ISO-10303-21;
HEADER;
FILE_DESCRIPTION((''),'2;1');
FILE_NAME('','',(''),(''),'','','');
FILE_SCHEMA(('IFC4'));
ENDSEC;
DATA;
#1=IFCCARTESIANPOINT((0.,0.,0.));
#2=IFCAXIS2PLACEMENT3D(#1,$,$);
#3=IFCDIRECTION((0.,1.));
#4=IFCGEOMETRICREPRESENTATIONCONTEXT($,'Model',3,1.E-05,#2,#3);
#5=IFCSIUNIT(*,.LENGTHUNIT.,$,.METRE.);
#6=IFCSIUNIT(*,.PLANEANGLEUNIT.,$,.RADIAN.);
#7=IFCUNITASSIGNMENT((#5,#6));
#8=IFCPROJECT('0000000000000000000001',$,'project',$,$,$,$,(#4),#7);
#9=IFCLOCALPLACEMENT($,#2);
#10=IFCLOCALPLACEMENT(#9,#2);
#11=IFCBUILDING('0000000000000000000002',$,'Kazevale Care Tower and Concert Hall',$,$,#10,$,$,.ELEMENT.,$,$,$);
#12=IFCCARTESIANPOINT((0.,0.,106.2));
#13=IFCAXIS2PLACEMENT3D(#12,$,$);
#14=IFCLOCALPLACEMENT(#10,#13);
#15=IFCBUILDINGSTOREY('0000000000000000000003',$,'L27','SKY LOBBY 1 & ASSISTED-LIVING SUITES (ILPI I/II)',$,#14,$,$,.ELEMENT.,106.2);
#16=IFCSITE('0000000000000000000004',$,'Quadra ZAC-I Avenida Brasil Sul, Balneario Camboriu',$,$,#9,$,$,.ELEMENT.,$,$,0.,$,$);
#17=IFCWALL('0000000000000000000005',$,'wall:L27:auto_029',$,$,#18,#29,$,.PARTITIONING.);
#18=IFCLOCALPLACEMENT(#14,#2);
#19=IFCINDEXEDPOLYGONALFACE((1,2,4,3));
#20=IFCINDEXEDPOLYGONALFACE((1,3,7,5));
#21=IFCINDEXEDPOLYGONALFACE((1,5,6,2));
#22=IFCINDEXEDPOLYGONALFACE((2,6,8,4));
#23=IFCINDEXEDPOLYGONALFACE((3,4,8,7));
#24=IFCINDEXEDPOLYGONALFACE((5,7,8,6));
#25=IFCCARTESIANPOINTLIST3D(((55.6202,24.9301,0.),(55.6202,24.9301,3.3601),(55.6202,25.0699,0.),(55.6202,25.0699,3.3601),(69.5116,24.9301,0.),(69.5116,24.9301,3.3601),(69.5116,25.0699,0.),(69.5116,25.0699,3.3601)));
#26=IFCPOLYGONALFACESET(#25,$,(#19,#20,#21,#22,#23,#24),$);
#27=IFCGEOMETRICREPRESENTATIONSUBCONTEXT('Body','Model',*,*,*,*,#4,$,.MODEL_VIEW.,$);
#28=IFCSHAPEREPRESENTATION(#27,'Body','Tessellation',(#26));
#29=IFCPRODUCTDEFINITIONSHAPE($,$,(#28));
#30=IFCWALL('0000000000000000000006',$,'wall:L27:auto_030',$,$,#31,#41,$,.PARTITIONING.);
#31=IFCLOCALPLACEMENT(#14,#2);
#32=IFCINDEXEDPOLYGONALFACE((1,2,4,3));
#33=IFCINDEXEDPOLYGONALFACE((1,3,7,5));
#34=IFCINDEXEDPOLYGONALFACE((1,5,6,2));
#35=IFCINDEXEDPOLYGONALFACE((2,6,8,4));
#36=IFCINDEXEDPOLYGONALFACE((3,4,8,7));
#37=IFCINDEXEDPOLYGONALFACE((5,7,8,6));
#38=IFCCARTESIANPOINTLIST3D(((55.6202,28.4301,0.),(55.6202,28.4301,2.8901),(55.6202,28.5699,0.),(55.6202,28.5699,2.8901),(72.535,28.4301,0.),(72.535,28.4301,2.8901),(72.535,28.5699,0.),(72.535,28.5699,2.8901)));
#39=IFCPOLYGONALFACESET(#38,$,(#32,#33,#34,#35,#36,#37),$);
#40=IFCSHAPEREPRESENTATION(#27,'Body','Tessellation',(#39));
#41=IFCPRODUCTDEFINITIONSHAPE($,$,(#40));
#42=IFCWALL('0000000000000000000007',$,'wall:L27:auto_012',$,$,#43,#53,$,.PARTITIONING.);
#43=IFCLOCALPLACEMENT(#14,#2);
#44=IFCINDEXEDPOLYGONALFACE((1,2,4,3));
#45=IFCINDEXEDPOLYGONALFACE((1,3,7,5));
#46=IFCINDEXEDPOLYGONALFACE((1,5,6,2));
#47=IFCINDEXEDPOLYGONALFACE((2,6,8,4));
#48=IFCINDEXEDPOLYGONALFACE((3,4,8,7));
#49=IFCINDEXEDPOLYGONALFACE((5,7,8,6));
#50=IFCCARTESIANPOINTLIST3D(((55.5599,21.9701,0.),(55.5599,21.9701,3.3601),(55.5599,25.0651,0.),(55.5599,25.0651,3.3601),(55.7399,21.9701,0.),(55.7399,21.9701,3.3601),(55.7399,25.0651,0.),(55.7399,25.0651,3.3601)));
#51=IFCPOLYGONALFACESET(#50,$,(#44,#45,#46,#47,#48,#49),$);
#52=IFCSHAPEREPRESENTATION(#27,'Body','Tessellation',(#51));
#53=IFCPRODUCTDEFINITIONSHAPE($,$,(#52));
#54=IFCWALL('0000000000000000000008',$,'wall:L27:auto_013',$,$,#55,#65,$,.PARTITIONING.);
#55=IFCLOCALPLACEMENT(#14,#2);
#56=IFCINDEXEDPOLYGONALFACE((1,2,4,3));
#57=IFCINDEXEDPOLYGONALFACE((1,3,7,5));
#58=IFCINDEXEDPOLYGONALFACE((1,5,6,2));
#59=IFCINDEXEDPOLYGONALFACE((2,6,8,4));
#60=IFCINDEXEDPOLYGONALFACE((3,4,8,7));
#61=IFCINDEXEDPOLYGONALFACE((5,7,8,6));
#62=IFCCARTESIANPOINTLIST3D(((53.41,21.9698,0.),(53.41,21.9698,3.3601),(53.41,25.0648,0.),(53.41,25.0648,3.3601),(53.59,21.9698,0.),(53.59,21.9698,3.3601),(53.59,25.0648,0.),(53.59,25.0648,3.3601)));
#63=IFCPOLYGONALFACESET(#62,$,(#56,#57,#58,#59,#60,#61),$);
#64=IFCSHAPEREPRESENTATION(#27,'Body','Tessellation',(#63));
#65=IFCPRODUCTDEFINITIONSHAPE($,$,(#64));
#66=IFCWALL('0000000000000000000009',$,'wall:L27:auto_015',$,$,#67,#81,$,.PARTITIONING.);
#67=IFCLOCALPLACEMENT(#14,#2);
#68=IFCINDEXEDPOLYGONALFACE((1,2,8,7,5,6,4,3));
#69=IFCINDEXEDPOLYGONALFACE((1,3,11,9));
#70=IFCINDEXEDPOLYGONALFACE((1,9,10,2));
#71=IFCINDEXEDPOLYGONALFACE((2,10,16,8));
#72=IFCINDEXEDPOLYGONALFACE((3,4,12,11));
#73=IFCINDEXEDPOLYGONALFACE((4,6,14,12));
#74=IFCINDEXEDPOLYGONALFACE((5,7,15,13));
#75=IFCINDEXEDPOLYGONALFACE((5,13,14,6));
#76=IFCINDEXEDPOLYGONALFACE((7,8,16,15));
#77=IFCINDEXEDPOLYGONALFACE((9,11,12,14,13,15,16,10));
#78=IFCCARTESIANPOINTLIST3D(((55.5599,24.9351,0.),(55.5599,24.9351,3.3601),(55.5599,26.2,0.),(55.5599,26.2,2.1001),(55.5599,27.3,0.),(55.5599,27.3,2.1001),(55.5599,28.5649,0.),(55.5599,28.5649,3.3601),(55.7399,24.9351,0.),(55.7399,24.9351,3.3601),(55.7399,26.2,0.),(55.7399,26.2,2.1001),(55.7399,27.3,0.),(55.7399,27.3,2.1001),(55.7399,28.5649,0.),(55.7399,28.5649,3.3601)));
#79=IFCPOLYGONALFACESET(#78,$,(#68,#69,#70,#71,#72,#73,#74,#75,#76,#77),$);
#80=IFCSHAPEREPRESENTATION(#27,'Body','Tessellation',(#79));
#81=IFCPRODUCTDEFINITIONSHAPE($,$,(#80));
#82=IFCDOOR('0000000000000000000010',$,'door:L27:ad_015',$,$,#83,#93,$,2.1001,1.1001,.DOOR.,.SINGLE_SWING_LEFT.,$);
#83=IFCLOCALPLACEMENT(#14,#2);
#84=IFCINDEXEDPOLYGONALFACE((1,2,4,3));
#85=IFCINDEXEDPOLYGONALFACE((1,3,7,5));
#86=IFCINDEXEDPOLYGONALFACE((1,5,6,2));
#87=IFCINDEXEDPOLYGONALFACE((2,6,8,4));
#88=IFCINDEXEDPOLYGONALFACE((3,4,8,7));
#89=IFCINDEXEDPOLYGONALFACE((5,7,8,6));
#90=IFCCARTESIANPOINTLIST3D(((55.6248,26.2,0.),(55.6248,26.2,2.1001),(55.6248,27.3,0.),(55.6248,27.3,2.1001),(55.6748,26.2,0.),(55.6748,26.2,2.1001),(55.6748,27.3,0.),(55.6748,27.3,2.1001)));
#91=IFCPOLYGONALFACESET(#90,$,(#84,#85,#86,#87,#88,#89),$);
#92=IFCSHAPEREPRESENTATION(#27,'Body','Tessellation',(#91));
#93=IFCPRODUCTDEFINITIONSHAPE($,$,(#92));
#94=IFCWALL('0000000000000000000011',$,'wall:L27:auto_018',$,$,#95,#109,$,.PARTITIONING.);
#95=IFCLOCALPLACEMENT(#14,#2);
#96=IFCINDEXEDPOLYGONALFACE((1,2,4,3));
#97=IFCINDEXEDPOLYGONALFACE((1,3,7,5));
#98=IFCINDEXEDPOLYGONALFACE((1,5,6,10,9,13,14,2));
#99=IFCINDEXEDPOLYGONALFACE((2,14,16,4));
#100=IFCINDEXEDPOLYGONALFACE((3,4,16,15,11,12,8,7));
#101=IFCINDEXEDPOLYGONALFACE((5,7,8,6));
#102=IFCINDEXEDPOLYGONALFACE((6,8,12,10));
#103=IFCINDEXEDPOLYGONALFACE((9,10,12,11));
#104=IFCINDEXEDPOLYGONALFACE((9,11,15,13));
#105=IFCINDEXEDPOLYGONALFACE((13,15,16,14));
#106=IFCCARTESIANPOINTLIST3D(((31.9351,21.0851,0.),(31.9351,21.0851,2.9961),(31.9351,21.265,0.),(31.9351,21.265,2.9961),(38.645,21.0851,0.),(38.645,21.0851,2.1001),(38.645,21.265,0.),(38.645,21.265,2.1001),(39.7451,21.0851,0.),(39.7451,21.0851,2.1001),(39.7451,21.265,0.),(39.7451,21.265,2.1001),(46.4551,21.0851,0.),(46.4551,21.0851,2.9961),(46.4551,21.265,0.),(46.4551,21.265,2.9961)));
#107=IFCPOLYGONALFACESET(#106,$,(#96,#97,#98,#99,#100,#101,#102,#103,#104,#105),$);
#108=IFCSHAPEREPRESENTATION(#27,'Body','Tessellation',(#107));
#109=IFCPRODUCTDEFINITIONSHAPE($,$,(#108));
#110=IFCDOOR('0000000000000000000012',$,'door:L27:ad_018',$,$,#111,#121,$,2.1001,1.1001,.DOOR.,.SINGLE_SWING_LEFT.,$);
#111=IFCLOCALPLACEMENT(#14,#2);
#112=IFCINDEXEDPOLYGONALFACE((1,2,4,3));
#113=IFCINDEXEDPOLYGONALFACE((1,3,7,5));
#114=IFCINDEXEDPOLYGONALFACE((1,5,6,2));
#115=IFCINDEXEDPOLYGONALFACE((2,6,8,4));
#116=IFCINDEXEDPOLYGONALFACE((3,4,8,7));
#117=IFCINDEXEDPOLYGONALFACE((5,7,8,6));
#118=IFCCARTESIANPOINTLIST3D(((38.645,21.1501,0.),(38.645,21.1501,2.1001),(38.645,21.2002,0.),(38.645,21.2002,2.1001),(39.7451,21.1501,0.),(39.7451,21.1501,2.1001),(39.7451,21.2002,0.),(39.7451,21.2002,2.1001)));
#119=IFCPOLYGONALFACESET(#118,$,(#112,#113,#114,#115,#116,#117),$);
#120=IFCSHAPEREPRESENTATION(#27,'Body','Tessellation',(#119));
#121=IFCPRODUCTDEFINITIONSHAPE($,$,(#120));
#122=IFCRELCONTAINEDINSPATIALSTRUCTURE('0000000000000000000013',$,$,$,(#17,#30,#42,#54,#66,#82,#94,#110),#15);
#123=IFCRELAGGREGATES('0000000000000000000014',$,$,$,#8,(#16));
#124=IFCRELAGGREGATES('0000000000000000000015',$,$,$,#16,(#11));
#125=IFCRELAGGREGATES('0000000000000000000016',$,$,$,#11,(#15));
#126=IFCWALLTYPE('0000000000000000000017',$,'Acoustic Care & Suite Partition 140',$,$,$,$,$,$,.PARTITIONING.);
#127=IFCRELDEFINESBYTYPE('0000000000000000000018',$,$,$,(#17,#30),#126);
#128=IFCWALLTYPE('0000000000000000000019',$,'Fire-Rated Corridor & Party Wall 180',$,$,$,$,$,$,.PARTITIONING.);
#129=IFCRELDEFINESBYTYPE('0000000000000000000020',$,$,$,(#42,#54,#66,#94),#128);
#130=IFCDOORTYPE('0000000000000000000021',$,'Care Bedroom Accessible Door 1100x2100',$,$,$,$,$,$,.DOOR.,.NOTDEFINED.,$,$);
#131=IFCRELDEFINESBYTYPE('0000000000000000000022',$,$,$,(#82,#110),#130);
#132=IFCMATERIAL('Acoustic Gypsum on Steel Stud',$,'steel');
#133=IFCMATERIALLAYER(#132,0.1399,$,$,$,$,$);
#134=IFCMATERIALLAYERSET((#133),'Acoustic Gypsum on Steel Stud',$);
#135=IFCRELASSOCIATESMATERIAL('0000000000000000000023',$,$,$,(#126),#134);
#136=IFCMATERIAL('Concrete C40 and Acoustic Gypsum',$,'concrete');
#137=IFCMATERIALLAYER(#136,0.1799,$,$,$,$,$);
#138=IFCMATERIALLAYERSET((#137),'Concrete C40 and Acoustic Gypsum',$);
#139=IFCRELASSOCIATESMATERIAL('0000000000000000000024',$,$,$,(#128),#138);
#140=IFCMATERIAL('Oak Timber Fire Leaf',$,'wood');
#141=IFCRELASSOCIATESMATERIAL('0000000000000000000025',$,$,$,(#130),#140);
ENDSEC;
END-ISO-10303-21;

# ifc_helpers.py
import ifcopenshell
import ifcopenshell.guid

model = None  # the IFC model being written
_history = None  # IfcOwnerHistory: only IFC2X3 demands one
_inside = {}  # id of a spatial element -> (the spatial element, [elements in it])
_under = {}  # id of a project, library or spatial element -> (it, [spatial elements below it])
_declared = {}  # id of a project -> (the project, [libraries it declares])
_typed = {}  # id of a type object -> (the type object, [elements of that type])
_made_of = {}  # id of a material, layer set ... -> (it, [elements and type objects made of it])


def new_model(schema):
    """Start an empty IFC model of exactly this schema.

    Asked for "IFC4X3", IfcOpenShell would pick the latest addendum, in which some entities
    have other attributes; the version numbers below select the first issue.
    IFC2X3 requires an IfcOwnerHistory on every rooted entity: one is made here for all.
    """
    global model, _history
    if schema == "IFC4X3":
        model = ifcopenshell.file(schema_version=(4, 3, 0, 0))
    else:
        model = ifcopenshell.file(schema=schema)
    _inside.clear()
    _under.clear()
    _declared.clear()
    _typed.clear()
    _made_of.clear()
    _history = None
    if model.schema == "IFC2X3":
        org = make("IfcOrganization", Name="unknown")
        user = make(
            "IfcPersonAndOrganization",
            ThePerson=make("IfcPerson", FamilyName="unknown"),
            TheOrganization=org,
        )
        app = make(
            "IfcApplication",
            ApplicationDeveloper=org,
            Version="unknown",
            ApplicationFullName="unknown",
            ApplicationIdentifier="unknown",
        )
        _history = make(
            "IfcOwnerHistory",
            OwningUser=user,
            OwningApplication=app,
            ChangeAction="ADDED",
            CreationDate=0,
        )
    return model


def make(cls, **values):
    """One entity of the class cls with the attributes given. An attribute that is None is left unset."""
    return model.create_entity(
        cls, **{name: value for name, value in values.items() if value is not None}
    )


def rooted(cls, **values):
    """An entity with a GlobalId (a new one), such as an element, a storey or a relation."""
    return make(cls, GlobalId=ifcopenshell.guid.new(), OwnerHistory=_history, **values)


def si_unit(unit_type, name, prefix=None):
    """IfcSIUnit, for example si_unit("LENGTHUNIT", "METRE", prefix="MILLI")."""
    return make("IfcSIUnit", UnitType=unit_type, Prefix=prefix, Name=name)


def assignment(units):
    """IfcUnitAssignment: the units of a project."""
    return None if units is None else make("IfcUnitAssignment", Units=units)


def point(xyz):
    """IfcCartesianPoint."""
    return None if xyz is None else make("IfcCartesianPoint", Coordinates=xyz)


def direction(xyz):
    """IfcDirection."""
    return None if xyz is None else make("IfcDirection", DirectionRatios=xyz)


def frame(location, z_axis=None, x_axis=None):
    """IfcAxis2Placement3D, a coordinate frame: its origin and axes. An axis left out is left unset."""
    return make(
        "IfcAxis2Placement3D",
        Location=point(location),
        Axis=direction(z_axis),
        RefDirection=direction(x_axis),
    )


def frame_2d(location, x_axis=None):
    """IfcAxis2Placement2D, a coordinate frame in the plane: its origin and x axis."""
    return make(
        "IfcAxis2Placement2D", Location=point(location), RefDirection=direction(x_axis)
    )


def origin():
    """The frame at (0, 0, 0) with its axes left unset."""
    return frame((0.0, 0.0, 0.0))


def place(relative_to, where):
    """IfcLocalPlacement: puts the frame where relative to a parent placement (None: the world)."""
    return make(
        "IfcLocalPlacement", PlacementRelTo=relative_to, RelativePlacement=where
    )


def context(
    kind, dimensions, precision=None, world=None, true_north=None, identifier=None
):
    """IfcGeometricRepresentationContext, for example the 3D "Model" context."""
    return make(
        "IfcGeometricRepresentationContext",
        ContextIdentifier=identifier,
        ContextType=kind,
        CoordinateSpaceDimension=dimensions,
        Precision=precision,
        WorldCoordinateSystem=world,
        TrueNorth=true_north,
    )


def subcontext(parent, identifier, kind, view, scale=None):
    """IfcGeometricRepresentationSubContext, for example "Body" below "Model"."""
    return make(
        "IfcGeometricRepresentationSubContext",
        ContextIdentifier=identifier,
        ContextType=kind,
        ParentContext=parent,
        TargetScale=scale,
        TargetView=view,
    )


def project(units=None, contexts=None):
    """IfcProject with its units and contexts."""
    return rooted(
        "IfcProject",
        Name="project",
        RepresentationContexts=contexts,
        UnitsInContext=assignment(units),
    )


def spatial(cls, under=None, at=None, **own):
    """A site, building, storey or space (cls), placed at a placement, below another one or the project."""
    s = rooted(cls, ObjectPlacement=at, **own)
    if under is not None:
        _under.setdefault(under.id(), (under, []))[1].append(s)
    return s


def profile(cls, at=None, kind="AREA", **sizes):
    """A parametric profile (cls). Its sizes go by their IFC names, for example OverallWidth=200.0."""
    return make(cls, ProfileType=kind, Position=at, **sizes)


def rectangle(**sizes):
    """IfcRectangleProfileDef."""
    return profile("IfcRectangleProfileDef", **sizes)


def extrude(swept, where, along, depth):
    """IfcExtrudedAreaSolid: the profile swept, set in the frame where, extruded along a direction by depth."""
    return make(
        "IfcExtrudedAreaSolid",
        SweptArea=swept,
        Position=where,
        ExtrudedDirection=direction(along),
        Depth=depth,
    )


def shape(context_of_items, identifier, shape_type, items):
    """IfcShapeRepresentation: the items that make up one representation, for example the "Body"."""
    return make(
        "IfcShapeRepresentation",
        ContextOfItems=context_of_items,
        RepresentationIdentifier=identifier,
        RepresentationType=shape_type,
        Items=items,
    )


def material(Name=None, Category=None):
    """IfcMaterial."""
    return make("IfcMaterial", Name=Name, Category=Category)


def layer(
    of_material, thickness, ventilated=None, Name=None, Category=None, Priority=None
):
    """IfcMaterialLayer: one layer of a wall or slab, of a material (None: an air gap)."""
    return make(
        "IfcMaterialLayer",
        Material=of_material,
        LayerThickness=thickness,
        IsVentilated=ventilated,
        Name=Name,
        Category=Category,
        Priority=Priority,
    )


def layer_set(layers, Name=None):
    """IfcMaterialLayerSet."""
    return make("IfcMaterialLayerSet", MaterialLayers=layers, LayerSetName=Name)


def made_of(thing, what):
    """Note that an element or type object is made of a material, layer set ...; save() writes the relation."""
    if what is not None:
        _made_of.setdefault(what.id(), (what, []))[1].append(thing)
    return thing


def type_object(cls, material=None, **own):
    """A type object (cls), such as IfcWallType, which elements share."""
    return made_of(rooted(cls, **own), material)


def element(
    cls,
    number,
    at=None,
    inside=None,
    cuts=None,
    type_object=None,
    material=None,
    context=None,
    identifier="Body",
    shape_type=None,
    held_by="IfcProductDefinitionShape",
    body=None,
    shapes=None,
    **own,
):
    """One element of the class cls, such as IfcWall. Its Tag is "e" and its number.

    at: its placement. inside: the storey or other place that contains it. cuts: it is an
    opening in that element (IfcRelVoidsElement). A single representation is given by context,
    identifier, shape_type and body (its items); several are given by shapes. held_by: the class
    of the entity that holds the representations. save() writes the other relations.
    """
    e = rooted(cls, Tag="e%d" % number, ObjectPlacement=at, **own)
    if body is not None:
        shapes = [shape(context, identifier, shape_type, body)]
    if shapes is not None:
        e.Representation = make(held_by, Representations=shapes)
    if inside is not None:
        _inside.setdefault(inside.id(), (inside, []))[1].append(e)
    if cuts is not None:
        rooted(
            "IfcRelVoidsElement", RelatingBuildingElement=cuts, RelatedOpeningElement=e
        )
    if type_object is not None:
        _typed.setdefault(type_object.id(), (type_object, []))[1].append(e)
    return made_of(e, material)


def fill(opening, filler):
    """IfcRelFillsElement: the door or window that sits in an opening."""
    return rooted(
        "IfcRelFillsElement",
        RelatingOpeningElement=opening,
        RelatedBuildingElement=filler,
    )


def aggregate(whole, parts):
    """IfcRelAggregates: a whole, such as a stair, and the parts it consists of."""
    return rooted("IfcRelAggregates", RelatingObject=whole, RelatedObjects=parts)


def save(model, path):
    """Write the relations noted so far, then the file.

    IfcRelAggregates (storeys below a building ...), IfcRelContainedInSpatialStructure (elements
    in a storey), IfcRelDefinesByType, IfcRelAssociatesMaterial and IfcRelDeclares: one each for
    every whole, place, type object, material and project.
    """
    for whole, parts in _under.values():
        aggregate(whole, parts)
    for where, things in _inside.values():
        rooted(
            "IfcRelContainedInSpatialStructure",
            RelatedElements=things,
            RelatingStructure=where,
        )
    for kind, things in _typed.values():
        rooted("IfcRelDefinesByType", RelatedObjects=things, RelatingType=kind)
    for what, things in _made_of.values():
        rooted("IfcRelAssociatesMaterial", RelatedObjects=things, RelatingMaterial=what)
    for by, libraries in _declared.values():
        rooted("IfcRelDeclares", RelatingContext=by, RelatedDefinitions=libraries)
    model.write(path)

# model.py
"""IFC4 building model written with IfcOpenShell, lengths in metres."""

from ifc_helpers import new_model, si_unit, direction, frame, frame_2d, origin, place, context, subcontext, project, spatial, rectangle, extrude, material, layer, layer_set, type_object, element, fill, save


model = new_model("IFC4")

# Units and contexts
model_context = context("Model", 3, precision=1e-05, world=origin(), true_north=direction((0.0, 1.0)))
body_context = subcontext(model_context, "Body", "Model", "MODEL_VIEW")
ifc_project = project(units=[si_unit("LENGTHUNIT", "METRE"), si_unit("PLANEANGLEUNIT", "RADIAN")], contexts=[model_context])

# Site, building, storey
site_placement = place(None, origin())
site = spatial("IfcSite", under=ifc_project, at=site_placement, Name="Quadra ZAC-I Avenida Brasil Sul, Balneario Camboriu", CompositionType="ELEMENT", RefElevation=0.0)
building_placement = place(site_placement, origin())
building = spatial("IfcBuilding", under=site, at=building_placement, Name="Kazevale Care Tower and Concert Hall", CompositionType="ELEMENT")
storey_placement = place(building_placement, frame((0.0, 0.0, 106.2)))
storey = spatial("IfcBuildingStorey", under=building, at=storey_placement, Name="L27", Description="SKY LOBBY 1 & ASSISTED-LIVING SUITES (ILPI I/II)", CompositionType="ELEMENT", Elevation=106.2)

# Walls
ifc_material_1 = material(Name="Acoustic Gypsum on Steel Stud", Category="steel")
ifc_layer_1 = layer(ifc_material_1, 0.1399)
ifc_layer_set_1 = layer_set([ifc_layer_1], Name="Acoustic Gypsum on Steel Stud")
wall_type_1 = type_object("IfcWallType", Name="Acoustic Care & Suite Partition 140", PredefinedType="PARTITIONING", material=ifc_layer_set_1)
wall_1_placement = place(storey_placement, frame((55.6201, 25.0, 0.0), z_axis=(0.0, 0.0, 1.0), x_axis=(1.0, 0.0, 0.0)))
element("IfcWall", 1, at=wall_1_placement, inside=storey, type_object=wall_type_1, Name="wall:L27:auto_029", PredefinedType="PARTITIONING", context=body_context, shape_type="SweptSolid", body=[
    extrude(rectangle(XDim=13.8914, YDim=0.1399, at=frame_2d((6.9458, 0.0))), origin(), (0.0, 0.0, 1.0), 3.3601),
])
wall_2_placement = place(storey_placement, frame((55.6201, 28.5, 0.0), z_axis=(0.0, 0.0, 1.0), x_axis=(1.0, 0.0, 0.0)))
element("IfcWall", 2, at=wall_2_placement, inside=storey, type_object=wall_type_1, Name="wall:L27:auto_030", PredefinedType="PARTITIONING", context=body_context, shape_type="SweptSolid", body=[
    extrude(rectangle(XDim=16.9148, YDim=0.1399, at=frame_2d((8.4575, 0.0))), origin(), (0.0, 0.0, 1.0), 2.8901),
])

# Shared definitions
ifc_material_2 = material(Name="Concrete C40 and Acoustic Gypsum", Category="concrete")
ifc_layer_2 = layer(ifc_material_2, 0.1799)
ifc_layer_set_2 = layer_set([ifc_layer_2], Name="Concrete C40 and Acoustic Gypsum")
wall_type_2 = type_object("IfcWallType", Name="Fire-Rated Corridor & Party Wall 180", PredefinedType="PARTITIONING", material=ifc_layer_set_2)
ifc_material_3 = material(Name="Oak Timber Fire Leaf", Category="wood")

# Walls
for number, where, z_axis, x_axis, name in (
    (3, (55.6499, 25.0649, 0.0), (0.0, 0.0, 1.0), (0.0, -1.0, 0.0), "wall:L27:auto_012"),
    (4, (53.5, 21.97, 0.0), (0.0, 0.0, 1.0), (0.0, 1.0, 0.0), "wall:L27:auto_013"),
):
    element("IfcWall", number, at=place(storey_placement, frame(where, z_axis=z_axis, x_axis=x_axis)), inside=storey, type_object=wall_type_2, Name=name, PredefinedType="PARTITIONING", context=body_context, shape_type="SweptSolid", body=[
        extrude(rectangle(XDim=3.095, YDim=0.1799, at=frame_2d((1.5474, 0.0))), origin(), (0.0, 0.0, 1.0), 3.3601),
    ])

# Walls, openings, doors
wall_3_placement = place(storey_placement, frame((55.6499, 28.5649, 0.0), z_axis=(0.0, 0.0, 1.0), x_axis=(0.0, -1.0, 0.0)))
wall_3 = element("IfcWall", 5, at=wall_3_placement, inside=storey, type_object=wall_type_2, Name="wall:L27:auto_015", PredefinedType="PARTITIONING", context=body_context, shape_type="SweptSolid", body=[
    extrude(rectangle(XDim=3.6299, YDim=0.1799, at=frame_2d((1.8149, 0.0))), origin(), (0.0, 0.0, 1.0), 3.3601),
])
opening_1_placement = place(wall_3_placement, frame((1.2649, 0.0, 0.0)))
opening_1 = element("IfcOpeningElement", 6, at=opening_1_placement, cuts=wall_3, PredefinedType="OPENING", context=body_context, shape_type="SweptSolid", body=[
    extrude(rectangle(XDim=1.1001, YDim=2.1001, at=frame_2d((0.55, 1.05))), frame((0.0, 0.0999, 0.0), z_axis=(0.0, -1.0, 0.0), x_axis=(1.0, 0.0, 0.0)), (0.0, 0.0, 1.0), 0.2),
])
door_type_1 = type_object("IfcDoorType", Name="Care Bedroom Accessible Door 1100x2100", OperationType="NOTDEFINED", PredefinedType="DOOR", material=ifc_material_3)
door_1_placement = place(opening_1_placement, origin())
door_1 = element("IfcDoor", 7, at=door_1_placement, inside=storey, type_object=door_type_1, Name="door:L27:ad_015", OperationType="SINGLE_SWING_LEFT", OverallHeight=2.1001, OverallWidth=1.1001, PredefinedType="DOOR", context=body_context, shape_type="SweptSolid", body=[
    extrude(rectangle(XDim=1.1001, YDim=2.1001, at=frame_2d((0.55, 1.05))), frame((0.0, 0.0249, 0.0), z_axis=(0.0, -1.0, 0.0), x_axis=(1.0, 0.0, 0.0)), (0.0, 0.0, 1.0), 0.05),
])
fill(opening_1, door_1)
wall_4_placement = place(storey_placement, frame((46.4551, 21.175, 0.0), z_axis=(0.0, 0.0, 1.0), x_axis=(-1.0, 0.0, 0.0)))
wall_4 = element("IfcWall", 8, at=wall_4_placement, inside=storey, type_object=wall_type_2, Name="wall:L27:auto_018", PredefinedType="PARTITIONING", context=body_context, shape_type="SweptSolid", body=[
    extrude(rectangle(XDim=14.52, YDim=0.1799, at=frame_2d((7.26, 0.0))), origin(), (0.0, 0.0, 1.0), 2.9961),
])
opening_2_placement = place(wall_4_placement, frame((6.71, 0.0, 0.0)))
opening_2 = element("IfcOpeningElement", 9, at=opening_2_placement, cuts=wall_4, PredefinedType="OPENING", context=body_context, shape_type="SweptSolid", body=[
    extrude(rectangle(XDim=1.1001, YDim=2.1001, at=frame_2d((0.55, 1.05))), frame((0.0, 0.0999, 0.0), z_axis=(0.0, -1.0, 0.0), x_axis=(1.0, 0.0, 0.0)), (0.0, 0.0, 1.0), 0.2),
])
door_2_placement = place(opening_2_placement, origin())
door_2 = element("IfcDoor", 10, at=door_2_placement, inside=storey, type_object=door_type_1, Name="door:L27:ad_018", OperationType="SINGLE_SWING_LEFT", OverallHeight=2.1001, OverallWidth=1.1001, PredefinedType="DOOR", context=body_context, shape_type="SweptSolid", body=[
    extrude(rectangle(XDim=1.1001, YDim=2.1001, at=frame_2d((0.55, 1.05))), frame((0.0, 0.0249, 0.0), z_axis=(0.0, -1.0, 0.0), x_axis=(1.0, 0.0, 0.0)), (0.0, 0.0, 1.0), 0.05),
])
fill(opening_2, door_2)

save(model, "model.ifc")
